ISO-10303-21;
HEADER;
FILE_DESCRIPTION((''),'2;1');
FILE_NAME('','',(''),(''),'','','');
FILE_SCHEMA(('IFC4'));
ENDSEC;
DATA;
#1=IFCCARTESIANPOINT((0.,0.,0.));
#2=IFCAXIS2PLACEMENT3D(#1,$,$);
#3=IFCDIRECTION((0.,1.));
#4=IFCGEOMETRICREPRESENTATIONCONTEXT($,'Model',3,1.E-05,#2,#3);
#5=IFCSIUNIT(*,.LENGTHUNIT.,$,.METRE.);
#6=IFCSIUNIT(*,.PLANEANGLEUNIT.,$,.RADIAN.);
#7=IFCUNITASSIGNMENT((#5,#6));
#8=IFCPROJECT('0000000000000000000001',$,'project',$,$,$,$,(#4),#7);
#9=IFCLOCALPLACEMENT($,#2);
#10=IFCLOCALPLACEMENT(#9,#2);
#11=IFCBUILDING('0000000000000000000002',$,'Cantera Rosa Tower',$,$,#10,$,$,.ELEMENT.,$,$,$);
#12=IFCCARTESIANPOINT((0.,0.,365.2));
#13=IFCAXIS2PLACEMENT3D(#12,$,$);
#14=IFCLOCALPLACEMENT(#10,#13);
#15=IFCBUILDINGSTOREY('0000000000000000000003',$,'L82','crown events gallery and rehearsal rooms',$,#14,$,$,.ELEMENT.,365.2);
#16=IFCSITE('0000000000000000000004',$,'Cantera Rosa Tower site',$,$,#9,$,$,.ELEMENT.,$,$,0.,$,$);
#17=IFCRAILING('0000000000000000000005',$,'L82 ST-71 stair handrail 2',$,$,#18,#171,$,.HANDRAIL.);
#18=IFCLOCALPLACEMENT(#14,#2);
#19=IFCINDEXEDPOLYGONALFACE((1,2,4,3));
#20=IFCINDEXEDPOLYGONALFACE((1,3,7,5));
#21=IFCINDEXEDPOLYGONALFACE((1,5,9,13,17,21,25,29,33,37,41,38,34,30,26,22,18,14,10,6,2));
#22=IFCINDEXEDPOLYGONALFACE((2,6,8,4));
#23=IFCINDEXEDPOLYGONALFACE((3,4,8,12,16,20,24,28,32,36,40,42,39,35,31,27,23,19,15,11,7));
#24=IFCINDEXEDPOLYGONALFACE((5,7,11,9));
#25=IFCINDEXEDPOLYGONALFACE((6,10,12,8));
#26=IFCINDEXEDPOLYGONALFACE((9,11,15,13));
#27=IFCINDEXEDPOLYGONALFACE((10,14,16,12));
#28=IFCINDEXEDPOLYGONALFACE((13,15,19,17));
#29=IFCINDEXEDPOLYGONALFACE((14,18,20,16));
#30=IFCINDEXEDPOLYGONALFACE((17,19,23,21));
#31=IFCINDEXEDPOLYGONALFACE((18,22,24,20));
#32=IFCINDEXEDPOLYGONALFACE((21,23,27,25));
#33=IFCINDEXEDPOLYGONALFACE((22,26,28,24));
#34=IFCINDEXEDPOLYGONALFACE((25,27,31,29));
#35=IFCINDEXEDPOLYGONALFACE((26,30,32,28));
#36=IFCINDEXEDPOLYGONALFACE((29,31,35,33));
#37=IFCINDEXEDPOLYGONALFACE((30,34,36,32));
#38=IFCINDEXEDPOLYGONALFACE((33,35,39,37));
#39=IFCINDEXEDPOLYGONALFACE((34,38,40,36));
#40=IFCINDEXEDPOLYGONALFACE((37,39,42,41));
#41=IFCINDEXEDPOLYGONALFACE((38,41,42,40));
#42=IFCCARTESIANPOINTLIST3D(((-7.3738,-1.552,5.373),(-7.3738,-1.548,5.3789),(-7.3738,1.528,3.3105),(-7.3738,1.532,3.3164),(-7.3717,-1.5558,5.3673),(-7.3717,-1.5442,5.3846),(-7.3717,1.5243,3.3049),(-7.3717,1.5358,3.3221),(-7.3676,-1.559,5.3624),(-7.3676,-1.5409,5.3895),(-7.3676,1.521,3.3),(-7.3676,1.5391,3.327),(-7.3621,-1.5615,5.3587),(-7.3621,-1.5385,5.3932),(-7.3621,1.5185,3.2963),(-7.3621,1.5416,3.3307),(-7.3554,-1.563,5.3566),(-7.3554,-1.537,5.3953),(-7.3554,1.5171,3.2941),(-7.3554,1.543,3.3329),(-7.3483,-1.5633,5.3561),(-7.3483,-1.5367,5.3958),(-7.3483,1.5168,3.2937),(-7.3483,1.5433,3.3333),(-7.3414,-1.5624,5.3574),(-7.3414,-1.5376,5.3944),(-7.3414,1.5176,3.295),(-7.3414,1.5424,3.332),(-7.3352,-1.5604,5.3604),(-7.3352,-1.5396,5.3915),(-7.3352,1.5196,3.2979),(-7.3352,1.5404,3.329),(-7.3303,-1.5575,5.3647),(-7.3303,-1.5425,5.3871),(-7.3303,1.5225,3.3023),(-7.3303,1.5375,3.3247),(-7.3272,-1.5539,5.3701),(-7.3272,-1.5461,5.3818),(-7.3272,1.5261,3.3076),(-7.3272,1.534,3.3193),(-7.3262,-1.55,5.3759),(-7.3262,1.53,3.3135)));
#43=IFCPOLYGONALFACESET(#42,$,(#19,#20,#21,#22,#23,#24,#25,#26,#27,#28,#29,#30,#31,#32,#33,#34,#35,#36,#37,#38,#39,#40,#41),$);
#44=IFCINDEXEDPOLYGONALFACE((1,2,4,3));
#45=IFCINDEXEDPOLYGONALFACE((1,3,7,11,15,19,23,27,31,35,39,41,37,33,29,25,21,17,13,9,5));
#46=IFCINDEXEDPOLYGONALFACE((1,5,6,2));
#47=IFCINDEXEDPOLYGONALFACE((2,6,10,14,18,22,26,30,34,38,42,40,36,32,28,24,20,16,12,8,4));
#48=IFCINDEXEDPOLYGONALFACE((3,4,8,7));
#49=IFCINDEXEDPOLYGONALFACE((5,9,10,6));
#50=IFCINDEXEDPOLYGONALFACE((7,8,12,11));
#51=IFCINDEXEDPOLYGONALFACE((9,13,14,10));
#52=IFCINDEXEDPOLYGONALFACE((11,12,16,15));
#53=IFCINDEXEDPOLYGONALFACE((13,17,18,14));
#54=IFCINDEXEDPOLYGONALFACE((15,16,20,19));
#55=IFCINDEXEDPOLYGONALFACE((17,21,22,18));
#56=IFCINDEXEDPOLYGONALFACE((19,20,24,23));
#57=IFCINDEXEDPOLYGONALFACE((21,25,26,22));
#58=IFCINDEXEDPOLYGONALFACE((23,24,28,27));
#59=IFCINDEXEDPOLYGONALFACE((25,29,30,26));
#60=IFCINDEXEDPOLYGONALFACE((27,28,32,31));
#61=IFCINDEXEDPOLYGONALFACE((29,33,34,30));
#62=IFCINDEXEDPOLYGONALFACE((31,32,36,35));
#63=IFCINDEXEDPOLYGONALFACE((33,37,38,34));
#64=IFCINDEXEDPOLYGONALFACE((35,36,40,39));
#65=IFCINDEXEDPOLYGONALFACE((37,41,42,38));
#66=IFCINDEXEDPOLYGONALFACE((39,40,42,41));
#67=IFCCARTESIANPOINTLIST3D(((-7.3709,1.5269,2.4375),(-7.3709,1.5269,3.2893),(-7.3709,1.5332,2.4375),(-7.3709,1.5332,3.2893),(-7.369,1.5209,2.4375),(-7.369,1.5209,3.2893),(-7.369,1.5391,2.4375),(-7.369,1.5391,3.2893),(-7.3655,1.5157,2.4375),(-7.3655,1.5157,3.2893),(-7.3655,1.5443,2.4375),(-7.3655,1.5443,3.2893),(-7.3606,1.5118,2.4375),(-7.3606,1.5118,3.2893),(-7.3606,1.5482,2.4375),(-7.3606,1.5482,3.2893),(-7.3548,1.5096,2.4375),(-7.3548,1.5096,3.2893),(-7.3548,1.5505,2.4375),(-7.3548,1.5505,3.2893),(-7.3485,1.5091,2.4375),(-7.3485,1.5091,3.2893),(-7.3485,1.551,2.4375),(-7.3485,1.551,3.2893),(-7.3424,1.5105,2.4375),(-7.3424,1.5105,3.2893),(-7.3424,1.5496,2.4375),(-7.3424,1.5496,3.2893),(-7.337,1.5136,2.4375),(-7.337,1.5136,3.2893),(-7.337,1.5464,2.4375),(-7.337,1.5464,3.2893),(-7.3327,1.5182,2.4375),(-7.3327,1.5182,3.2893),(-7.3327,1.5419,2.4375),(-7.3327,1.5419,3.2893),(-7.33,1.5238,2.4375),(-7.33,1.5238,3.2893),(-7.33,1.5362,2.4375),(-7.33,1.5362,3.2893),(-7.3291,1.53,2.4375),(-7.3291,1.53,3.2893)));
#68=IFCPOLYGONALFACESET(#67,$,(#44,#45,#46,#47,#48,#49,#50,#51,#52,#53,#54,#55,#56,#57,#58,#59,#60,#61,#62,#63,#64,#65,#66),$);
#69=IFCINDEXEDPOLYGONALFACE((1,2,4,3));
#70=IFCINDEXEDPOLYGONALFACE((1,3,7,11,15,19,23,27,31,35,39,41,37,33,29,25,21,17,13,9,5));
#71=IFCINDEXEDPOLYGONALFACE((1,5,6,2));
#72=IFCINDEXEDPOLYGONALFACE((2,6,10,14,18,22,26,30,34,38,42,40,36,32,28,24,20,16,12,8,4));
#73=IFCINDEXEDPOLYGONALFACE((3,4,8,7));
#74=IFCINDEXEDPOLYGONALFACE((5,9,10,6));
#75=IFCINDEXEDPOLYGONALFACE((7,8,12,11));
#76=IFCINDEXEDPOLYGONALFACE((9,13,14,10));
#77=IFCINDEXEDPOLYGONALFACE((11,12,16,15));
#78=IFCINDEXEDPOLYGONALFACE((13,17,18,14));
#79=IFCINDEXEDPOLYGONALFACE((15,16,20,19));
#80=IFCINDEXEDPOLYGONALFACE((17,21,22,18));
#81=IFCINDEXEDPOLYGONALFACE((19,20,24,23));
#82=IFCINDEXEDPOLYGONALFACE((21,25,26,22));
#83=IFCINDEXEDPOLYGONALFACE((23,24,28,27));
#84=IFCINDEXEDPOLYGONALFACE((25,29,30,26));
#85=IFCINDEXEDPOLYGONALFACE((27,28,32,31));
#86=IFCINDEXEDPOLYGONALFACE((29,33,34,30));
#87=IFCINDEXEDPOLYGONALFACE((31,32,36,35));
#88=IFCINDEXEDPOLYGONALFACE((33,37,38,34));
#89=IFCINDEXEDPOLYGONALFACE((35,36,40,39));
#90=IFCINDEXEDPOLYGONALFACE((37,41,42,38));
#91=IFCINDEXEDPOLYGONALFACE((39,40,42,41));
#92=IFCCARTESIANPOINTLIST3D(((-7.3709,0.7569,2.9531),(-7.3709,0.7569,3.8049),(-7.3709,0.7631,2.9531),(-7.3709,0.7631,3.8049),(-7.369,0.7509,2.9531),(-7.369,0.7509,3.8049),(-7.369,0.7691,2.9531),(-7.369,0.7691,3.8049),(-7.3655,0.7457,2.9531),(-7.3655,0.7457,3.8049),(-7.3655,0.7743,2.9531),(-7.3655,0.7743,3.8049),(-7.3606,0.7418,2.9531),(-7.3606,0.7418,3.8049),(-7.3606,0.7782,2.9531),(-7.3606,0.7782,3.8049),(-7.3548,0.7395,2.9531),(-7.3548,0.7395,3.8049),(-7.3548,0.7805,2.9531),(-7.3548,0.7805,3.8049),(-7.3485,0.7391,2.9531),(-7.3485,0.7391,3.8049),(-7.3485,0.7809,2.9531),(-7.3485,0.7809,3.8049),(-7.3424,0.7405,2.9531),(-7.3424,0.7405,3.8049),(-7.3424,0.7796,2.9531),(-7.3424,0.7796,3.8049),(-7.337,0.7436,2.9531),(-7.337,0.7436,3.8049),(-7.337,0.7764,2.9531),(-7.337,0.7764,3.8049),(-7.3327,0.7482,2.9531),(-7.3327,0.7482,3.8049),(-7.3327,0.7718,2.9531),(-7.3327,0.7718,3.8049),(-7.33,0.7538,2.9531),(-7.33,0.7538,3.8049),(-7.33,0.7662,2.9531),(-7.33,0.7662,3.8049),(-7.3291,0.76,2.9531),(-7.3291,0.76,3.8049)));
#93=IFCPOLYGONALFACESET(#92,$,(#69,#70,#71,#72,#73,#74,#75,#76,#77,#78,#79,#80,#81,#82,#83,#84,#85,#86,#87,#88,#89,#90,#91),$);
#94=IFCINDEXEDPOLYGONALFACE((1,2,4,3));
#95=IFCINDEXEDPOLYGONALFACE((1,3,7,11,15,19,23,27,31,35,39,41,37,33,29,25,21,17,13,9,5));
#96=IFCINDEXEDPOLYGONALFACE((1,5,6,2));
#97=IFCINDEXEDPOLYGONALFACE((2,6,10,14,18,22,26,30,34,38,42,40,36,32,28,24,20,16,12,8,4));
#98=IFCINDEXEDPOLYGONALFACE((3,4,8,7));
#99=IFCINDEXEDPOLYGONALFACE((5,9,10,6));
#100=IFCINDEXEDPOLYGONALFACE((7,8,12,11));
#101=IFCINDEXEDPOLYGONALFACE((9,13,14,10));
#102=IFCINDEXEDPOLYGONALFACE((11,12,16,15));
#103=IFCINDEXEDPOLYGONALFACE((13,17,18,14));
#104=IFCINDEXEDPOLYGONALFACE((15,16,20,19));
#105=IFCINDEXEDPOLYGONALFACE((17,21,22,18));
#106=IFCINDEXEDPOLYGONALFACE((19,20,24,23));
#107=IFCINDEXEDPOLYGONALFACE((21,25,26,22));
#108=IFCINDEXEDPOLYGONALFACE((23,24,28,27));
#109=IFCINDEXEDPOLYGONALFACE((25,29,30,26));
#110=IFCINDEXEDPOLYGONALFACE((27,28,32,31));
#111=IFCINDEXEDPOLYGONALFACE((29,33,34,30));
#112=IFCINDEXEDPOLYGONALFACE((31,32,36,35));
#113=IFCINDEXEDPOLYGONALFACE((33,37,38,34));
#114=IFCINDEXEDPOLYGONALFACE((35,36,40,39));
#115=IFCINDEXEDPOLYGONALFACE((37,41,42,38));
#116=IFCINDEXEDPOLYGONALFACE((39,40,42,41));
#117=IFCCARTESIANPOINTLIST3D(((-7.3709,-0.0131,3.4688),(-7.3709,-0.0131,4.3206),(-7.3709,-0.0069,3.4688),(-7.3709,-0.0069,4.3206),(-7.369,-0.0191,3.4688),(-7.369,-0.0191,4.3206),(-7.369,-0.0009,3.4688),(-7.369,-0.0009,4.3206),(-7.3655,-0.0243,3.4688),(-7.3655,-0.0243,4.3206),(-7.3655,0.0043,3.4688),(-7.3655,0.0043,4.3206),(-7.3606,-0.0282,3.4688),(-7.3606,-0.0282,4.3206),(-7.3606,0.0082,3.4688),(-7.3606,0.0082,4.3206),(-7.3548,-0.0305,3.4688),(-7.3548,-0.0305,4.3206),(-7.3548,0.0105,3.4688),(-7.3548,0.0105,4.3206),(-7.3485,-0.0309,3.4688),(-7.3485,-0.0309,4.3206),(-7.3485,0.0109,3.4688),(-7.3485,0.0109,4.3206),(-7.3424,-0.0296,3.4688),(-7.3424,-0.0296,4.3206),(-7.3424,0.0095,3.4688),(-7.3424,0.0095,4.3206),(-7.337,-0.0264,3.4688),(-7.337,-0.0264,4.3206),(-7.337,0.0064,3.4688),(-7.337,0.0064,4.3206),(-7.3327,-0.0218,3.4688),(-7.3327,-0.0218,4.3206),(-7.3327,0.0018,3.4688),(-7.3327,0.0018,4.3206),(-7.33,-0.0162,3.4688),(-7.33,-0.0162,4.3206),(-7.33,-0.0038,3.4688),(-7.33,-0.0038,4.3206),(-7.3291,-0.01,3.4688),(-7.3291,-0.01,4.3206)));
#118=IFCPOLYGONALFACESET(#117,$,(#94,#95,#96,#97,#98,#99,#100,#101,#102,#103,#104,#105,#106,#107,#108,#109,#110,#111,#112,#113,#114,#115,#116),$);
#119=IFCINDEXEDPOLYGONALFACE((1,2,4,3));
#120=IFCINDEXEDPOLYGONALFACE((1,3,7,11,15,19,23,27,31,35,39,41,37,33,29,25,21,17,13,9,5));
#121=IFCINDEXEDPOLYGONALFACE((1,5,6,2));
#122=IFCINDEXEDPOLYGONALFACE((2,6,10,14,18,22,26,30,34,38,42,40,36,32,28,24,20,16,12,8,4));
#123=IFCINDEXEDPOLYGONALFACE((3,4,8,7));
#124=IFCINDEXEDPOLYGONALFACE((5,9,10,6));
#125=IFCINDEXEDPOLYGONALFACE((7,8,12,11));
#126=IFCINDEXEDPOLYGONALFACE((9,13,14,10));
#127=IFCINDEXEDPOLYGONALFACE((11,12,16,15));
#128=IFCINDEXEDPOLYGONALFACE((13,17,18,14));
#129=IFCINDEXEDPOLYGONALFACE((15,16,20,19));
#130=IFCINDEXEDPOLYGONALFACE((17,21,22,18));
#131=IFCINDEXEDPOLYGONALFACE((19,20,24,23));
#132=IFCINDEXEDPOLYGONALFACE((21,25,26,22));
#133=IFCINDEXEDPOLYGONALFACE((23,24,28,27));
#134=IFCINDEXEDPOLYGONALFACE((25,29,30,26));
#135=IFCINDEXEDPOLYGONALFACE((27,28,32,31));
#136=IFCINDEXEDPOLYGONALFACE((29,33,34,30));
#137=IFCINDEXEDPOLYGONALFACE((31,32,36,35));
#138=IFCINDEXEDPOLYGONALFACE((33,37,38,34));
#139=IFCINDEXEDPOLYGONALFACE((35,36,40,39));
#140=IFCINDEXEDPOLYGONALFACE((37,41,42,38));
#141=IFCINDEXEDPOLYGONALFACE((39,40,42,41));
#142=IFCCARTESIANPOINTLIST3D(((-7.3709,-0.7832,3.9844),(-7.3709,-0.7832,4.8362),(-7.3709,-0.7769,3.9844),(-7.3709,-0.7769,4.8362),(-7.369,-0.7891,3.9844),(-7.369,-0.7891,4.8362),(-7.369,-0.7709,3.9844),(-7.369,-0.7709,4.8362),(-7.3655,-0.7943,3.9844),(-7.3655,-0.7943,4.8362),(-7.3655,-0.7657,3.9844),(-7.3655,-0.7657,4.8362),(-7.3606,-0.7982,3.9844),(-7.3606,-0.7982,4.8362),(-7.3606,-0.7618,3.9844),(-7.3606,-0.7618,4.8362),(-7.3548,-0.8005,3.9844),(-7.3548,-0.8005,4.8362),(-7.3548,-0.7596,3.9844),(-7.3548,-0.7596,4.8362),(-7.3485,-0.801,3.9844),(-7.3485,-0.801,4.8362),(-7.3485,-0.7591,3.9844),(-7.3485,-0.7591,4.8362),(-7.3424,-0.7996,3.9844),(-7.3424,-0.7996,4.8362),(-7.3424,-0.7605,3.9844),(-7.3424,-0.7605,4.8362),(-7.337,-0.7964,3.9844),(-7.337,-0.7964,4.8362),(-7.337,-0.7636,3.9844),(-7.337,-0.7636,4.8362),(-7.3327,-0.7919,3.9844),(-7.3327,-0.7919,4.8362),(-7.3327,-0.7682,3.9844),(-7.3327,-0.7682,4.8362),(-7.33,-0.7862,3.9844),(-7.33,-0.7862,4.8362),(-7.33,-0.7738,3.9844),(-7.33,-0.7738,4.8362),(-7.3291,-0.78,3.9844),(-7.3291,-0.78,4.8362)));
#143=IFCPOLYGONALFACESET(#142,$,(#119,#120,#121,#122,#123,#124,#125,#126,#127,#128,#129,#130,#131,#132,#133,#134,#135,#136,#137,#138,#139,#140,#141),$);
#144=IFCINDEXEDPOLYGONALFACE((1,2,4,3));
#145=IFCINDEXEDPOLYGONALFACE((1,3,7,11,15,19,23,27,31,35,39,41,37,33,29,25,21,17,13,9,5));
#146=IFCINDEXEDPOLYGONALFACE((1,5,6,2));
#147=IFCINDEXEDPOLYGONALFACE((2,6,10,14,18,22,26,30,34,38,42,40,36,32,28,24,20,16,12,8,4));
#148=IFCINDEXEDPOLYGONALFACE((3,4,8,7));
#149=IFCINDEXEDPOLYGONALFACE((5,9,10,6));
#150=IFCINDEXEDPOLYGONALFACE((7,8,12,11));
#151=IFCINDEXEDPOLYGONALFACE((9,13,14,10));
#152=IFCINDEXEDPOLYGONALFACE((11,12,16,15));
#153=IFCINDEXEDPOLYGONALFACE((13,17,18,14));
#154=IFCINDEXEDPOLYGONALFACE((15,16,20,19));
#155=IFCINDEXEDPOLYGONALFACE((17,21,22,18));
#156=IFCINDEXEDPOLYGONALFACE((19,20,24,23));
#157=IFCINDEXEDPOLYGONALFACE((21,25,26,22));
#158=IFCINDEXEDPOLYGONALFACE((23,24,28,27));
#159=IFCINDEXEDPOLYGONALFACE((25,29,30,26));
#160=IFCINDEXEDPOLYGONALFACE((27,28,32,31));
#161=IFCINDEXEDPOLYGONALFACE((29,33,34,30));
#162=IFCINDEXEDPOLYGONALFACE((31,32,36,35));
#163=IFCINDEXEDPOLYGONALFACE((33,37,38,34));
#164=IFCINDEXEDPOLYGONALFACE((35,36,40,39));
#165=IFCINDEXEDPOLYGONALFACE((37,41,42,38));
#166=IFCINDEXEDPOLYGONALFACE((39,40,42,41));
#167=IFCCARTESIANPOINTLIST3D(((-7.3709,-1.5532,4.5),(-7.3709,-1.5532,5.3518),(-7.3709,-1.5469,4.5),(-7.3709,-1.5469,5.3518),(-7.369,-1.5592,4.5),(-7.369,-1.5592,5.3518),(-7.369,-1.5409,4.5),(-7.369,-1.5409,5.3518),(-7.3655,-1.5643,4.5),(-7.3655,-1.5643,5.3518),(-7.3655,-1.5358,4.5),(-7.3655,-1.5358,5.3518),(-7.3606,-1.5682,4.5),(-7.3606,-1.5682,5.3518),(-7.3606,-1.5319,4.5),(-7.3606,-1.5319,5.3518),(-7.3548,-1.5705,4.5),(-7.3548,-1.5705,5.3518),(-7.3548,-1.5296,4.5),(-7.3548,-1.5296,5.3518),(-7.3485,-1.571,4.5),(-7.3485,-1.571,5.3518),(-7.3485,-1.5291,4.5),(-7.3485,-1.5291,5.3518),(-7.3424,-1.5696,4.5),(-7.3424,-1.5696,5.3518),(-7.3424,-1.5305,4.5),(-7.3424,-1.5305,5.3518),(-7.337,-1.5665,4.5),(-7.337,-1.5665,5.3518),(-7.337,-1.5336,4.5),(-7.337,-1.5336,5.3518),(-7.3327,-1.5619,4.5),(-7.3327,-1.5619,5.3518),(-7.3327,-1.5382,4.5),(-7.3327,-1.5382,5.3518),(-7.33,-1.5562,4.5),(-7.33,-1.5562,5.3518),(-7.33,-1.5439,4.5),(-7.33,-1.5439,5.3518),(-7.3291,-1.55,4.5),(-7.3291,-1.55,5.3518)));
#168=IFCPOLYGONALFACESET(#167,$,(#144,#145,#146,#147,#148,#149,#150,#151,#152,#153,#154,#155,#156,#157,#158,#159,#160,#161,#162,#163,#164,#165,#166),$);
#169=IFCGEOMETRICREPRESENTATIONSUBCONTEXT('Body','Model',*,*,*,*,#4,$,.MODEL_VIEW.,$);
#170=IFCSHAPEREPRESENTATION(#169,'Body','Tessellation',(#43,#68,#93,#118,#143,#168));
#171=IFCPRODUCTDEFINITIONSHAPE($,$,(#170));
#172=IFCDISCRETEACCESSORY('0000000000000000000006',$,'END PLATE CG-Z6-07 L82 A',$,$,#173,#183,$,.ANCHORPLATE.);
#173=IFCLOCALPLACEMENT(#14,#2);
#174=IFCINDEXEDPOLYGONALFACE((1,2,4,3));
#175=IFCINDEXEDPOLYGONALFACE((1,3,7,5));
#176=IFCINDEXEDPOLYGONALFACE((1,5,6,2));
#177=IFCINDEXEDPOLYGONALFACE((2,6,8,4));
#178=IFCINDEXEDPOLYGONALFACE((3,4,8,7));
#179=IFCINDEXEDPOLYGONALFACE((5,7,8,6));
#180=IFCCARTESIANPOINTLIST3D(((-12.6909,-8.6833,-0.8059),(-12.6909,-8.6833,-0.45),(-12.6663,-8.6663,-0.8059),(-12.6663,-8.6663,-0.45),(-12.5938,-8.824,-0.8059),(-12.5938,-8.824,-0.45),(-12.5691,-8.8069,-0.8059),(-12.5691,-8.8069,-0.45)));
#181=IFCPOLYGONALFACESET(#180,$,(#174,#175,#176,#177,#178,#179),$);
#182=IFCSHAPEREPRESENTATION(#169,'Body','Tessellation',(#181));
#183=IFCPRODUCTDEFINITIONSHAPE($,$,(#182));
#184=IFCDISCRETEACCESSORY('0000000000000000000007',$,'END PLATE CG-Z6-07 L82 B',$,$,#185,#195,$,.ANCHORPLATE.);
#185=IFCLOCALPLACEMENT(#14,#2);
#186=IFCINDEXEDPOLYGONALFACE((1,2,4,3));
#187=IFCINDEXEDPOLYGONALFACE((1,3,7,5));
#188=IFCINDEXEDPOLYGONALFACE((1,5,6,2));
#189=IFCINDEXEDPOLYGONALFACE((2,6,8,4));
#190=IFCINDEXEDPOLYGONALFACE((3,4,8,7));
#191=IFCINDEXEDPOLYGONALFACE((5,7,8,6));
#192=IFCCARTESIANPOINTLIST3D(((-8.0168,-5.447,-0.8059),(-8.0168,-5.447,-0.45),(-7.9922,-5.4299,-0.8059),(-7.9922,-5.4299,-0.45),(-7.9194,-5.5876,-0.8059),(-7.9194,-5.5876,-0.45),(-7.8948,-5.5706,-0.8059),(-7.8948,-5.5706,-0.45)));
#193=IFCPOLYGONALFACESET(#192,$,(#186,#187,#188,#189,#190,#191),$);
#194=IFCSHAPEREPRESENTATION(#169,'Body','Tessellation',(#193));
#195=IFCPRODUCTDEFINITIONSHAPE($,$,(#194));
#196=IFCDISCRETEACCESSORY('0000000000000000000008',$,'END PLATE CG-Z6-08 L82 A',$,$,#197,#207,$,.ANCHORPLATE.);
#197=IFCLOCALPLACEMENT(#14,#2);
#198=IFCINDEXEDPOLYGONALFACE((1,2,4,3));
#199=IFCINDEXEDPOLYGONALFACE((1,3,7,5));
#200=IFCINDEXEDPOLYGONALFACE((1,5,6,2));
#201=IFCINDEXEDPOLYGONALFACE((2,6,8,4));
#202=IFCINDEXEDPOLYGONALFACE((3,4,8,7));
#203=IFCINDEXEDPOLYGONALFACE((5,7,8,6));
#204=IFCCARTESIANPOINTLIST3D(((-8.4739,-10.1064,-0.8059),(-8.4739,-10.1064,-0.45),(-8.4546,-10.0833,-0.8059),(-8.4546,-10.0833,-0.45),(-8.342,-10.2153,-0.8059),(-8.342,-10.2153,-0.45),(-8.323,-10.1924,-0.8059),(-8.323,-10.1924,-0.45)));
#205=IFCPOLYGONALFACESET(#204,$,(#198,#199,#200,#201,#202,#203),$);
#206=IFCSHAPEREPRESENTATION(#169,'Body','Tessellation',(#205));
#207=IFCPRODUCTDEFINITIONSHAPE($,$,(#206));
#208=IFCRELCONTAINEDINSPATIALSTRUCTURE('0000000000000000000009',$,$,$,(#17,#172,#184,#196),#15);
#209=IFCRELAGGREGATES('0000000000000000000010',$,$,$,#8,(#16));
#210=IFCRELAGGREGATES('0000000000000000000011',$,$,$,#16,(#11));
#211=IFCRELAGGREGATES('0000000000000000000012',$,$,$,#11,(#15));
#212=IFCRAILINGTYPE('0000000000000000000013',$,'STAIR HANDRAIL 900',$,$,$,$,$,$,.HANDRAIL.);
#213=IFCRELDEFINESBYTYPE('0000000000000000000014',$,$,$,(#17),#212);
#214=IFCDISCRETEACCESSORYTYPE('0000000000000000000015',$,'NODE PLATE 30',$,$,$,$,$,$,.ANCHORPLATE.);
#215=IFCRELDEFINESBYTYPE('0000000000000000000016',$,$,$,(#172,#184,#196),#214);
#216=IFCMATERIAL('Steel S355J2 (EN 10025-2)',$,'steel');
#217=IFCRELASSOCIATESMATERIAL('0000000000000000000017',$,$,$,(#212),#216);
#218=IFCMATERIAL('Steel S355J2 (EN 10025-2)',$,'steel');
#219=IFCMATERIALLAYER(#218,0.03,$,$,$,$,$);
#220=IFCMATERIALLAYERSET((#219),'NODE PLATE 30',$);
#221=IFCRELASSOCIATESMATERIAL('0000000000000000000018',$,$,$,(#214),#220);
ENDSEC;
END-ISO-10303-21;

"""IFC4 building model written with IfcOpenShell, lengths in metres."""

from ifc_helpers import new_model, si_unit, direction, frame, origin, origin_2d, place, context, subcontext, project, spatial, polyline, circle, outline, extrude, material, layer, layer_set, type_object, element, save


model = new_model("IFC4")

# Units and contexts
model_context = context("Model", 3, precision=1e-05, world=origin(), true_north=direction((0.0, 1.0)))
body_context = subcontext(model_context, "Body", "Model", "MODEL_VIEW")
ifc_project = project(units=[si_unit("LENGTHUNIT", "METRE"), si_unit("PLANEANGLEUNIT", "RADIAN")], contexts=[model_context])

# Site, building, storey
site_placement = place(None, origin())
site = spatial("IfcSite", under=ifc_project, at=site_placement, Name="Cantera Rosa Tower site", CompositionType="ELEMENT", RefElevation=0.0)
building_placement = place(site_placement, origin())
building = spatial("IfcBuilding", under=site, at=building_placement, Name="Cantera Rosa Tower", CompositionType="ELEMENT")
storey_placement = place(building_placement, frame((0.0, 0.0, 365.2)))
storey = spatial("IfcBuildingStorey", under=building, at=storey_placement, Name="L82", Description="crown events gallery and rehearsal rooms", CompositionType="ELEMENT", Elevation=365.2)

# Railing
ifc_material_1 = material(Name="Steel S355J2 (EN 10025-2)", Category="steel")
railing_type_1 = type_object("IfcRailingType", Name="STAIR HANDRAIL 900", PredefinedType="HANDRAIL", material=ifc_material_1)
railing_1_placement = place(storey_placement, frame((-7.3501, 1.53, 2.4375)))
element("IfcRailing", 1, at=railing_1_placement, inside=storey, type_object=railing_type_1, Name="L82 ST-71 stair handrail 2", PredefinedType="HANDRAIL", context=body_context, shape_type="SweptSolid", body=[
    extrude(circle(Radius=0.0239, at=origin_2d()), frame((0.0, 0.0, 0.876), z_axis=(0.0, -0.830914, 0.556401), x_axis=(1.0, 0.0, 0.0)), (0.0, 0.0, 1.0), 3.7068),
    extrude(circle(Radius=0.021, at=origin_2d()), origin(), (0.0, 0.0, 1.0), 0.8518),
    extrude(circle(Radius=0.021, at=origin_2d()), frame((0.0, -0.77, 0.5156)), (0.0, 0.0, 1.0), 0.8518),
    extrude(circle(Radius=0.021, at=origin_2d()), frame((0.0, -1.54, 1.0312)), (0.0, 0.0, 1.0), 0.8518),
    extrude(circle(Radius=0.021, at=origin_2d()), frame((0.0, -2.3101, 1.5469)), (0.0, 0.0, 1.0), 0.8518),
    extrude(circle(Radius=0.021, at=origin_2d()), frame((0.0, -3.0801, 2.0625)), (0.0, 0.0, 1.0), 0.8518),
])

# Discrete accessories
ifc_material_2 = material(Name="Steel S355J2 (EN 10025-2)", Category="steel")
ifc_layer_1 = layer(ifc_material_2, 0.03)
ifc_layer_set_1 = layer_set([ifc_layer_1], Name="NODE PLATE 30")
discrete_accessory_type = type_object("IfcDiscreteAccessoryType", Name="NODE PLATE 30", PredefinedType="ANCHORPLATE", material=ifc_layer_set_1)
discrete_accessory_1_placement = place(storey_placement, frame((0.0, 0.0, -0.8059)))
element("IfcDiscreteAccessory", 2, at=discrete_accessory_1_placement, inside=storey, type_object=discrete_accessory_type, Name="END PLATE CG-Z6-07 L82 A", PredefinedType="ANCHORPLATE", context=body_context, shape_type="SweptSolid", body=[
    extrude(outline(polyline([(-12.5691, -8.8069), (-12.5938, -8.824), (-12.6909, -8.6833), (-12.6663, -8.6663), (-12.5691, -8.8069)])), origin(), (0.0, 0.0, 1.0), 0.356),
])
discrete_accessory_2_placement = place(storey_placement, frame((0.0, 0.0, -0.8059)))
element("IfcDiscreteAccessory", 3, at=discrete_accessory_2_placement, inside=storey, type_object=discrete_accessory_type, Name="END PLATE CG-Z6-07 L82 B", PredefinedType="ANCHORPLATE", context=body_context, shape_type="SweptSolid", body=[
    extrude(outline(polyline([(-8.0168, -5.447), (-7.9922, -5.4299), (-7.8948, -5.5706), (-7.9194, -5.5876), (-8.0168, -5.447)])), origin(), (0.0, 0.0, 1.0), 0.356),
])
discrete_accessory_3_placement = place(storey_placement, frame((0.0, 0.0, -0.8059)))
element("IfcDiscreteAccessory", 4, at=discrete_accessory_3_placement, inside=storey, type_object=discrete_accessory_type, Name="END PLATE CG-Z6-08 L82 A", PredefinedType="ANCHORPLATE", context=body_context, shape_type="SweptSolid", body=[
    extrude(outline(polyline([(-8.323, -10.1924), (-8.342, -10.2153), (-8.4739, -10.1064), (-8.4546, -10.0833), (-8.323, -10.1924)])), origin(), (0.0, 0.0, 1.0), 0.356),
])

save(model, "model.ifc")
